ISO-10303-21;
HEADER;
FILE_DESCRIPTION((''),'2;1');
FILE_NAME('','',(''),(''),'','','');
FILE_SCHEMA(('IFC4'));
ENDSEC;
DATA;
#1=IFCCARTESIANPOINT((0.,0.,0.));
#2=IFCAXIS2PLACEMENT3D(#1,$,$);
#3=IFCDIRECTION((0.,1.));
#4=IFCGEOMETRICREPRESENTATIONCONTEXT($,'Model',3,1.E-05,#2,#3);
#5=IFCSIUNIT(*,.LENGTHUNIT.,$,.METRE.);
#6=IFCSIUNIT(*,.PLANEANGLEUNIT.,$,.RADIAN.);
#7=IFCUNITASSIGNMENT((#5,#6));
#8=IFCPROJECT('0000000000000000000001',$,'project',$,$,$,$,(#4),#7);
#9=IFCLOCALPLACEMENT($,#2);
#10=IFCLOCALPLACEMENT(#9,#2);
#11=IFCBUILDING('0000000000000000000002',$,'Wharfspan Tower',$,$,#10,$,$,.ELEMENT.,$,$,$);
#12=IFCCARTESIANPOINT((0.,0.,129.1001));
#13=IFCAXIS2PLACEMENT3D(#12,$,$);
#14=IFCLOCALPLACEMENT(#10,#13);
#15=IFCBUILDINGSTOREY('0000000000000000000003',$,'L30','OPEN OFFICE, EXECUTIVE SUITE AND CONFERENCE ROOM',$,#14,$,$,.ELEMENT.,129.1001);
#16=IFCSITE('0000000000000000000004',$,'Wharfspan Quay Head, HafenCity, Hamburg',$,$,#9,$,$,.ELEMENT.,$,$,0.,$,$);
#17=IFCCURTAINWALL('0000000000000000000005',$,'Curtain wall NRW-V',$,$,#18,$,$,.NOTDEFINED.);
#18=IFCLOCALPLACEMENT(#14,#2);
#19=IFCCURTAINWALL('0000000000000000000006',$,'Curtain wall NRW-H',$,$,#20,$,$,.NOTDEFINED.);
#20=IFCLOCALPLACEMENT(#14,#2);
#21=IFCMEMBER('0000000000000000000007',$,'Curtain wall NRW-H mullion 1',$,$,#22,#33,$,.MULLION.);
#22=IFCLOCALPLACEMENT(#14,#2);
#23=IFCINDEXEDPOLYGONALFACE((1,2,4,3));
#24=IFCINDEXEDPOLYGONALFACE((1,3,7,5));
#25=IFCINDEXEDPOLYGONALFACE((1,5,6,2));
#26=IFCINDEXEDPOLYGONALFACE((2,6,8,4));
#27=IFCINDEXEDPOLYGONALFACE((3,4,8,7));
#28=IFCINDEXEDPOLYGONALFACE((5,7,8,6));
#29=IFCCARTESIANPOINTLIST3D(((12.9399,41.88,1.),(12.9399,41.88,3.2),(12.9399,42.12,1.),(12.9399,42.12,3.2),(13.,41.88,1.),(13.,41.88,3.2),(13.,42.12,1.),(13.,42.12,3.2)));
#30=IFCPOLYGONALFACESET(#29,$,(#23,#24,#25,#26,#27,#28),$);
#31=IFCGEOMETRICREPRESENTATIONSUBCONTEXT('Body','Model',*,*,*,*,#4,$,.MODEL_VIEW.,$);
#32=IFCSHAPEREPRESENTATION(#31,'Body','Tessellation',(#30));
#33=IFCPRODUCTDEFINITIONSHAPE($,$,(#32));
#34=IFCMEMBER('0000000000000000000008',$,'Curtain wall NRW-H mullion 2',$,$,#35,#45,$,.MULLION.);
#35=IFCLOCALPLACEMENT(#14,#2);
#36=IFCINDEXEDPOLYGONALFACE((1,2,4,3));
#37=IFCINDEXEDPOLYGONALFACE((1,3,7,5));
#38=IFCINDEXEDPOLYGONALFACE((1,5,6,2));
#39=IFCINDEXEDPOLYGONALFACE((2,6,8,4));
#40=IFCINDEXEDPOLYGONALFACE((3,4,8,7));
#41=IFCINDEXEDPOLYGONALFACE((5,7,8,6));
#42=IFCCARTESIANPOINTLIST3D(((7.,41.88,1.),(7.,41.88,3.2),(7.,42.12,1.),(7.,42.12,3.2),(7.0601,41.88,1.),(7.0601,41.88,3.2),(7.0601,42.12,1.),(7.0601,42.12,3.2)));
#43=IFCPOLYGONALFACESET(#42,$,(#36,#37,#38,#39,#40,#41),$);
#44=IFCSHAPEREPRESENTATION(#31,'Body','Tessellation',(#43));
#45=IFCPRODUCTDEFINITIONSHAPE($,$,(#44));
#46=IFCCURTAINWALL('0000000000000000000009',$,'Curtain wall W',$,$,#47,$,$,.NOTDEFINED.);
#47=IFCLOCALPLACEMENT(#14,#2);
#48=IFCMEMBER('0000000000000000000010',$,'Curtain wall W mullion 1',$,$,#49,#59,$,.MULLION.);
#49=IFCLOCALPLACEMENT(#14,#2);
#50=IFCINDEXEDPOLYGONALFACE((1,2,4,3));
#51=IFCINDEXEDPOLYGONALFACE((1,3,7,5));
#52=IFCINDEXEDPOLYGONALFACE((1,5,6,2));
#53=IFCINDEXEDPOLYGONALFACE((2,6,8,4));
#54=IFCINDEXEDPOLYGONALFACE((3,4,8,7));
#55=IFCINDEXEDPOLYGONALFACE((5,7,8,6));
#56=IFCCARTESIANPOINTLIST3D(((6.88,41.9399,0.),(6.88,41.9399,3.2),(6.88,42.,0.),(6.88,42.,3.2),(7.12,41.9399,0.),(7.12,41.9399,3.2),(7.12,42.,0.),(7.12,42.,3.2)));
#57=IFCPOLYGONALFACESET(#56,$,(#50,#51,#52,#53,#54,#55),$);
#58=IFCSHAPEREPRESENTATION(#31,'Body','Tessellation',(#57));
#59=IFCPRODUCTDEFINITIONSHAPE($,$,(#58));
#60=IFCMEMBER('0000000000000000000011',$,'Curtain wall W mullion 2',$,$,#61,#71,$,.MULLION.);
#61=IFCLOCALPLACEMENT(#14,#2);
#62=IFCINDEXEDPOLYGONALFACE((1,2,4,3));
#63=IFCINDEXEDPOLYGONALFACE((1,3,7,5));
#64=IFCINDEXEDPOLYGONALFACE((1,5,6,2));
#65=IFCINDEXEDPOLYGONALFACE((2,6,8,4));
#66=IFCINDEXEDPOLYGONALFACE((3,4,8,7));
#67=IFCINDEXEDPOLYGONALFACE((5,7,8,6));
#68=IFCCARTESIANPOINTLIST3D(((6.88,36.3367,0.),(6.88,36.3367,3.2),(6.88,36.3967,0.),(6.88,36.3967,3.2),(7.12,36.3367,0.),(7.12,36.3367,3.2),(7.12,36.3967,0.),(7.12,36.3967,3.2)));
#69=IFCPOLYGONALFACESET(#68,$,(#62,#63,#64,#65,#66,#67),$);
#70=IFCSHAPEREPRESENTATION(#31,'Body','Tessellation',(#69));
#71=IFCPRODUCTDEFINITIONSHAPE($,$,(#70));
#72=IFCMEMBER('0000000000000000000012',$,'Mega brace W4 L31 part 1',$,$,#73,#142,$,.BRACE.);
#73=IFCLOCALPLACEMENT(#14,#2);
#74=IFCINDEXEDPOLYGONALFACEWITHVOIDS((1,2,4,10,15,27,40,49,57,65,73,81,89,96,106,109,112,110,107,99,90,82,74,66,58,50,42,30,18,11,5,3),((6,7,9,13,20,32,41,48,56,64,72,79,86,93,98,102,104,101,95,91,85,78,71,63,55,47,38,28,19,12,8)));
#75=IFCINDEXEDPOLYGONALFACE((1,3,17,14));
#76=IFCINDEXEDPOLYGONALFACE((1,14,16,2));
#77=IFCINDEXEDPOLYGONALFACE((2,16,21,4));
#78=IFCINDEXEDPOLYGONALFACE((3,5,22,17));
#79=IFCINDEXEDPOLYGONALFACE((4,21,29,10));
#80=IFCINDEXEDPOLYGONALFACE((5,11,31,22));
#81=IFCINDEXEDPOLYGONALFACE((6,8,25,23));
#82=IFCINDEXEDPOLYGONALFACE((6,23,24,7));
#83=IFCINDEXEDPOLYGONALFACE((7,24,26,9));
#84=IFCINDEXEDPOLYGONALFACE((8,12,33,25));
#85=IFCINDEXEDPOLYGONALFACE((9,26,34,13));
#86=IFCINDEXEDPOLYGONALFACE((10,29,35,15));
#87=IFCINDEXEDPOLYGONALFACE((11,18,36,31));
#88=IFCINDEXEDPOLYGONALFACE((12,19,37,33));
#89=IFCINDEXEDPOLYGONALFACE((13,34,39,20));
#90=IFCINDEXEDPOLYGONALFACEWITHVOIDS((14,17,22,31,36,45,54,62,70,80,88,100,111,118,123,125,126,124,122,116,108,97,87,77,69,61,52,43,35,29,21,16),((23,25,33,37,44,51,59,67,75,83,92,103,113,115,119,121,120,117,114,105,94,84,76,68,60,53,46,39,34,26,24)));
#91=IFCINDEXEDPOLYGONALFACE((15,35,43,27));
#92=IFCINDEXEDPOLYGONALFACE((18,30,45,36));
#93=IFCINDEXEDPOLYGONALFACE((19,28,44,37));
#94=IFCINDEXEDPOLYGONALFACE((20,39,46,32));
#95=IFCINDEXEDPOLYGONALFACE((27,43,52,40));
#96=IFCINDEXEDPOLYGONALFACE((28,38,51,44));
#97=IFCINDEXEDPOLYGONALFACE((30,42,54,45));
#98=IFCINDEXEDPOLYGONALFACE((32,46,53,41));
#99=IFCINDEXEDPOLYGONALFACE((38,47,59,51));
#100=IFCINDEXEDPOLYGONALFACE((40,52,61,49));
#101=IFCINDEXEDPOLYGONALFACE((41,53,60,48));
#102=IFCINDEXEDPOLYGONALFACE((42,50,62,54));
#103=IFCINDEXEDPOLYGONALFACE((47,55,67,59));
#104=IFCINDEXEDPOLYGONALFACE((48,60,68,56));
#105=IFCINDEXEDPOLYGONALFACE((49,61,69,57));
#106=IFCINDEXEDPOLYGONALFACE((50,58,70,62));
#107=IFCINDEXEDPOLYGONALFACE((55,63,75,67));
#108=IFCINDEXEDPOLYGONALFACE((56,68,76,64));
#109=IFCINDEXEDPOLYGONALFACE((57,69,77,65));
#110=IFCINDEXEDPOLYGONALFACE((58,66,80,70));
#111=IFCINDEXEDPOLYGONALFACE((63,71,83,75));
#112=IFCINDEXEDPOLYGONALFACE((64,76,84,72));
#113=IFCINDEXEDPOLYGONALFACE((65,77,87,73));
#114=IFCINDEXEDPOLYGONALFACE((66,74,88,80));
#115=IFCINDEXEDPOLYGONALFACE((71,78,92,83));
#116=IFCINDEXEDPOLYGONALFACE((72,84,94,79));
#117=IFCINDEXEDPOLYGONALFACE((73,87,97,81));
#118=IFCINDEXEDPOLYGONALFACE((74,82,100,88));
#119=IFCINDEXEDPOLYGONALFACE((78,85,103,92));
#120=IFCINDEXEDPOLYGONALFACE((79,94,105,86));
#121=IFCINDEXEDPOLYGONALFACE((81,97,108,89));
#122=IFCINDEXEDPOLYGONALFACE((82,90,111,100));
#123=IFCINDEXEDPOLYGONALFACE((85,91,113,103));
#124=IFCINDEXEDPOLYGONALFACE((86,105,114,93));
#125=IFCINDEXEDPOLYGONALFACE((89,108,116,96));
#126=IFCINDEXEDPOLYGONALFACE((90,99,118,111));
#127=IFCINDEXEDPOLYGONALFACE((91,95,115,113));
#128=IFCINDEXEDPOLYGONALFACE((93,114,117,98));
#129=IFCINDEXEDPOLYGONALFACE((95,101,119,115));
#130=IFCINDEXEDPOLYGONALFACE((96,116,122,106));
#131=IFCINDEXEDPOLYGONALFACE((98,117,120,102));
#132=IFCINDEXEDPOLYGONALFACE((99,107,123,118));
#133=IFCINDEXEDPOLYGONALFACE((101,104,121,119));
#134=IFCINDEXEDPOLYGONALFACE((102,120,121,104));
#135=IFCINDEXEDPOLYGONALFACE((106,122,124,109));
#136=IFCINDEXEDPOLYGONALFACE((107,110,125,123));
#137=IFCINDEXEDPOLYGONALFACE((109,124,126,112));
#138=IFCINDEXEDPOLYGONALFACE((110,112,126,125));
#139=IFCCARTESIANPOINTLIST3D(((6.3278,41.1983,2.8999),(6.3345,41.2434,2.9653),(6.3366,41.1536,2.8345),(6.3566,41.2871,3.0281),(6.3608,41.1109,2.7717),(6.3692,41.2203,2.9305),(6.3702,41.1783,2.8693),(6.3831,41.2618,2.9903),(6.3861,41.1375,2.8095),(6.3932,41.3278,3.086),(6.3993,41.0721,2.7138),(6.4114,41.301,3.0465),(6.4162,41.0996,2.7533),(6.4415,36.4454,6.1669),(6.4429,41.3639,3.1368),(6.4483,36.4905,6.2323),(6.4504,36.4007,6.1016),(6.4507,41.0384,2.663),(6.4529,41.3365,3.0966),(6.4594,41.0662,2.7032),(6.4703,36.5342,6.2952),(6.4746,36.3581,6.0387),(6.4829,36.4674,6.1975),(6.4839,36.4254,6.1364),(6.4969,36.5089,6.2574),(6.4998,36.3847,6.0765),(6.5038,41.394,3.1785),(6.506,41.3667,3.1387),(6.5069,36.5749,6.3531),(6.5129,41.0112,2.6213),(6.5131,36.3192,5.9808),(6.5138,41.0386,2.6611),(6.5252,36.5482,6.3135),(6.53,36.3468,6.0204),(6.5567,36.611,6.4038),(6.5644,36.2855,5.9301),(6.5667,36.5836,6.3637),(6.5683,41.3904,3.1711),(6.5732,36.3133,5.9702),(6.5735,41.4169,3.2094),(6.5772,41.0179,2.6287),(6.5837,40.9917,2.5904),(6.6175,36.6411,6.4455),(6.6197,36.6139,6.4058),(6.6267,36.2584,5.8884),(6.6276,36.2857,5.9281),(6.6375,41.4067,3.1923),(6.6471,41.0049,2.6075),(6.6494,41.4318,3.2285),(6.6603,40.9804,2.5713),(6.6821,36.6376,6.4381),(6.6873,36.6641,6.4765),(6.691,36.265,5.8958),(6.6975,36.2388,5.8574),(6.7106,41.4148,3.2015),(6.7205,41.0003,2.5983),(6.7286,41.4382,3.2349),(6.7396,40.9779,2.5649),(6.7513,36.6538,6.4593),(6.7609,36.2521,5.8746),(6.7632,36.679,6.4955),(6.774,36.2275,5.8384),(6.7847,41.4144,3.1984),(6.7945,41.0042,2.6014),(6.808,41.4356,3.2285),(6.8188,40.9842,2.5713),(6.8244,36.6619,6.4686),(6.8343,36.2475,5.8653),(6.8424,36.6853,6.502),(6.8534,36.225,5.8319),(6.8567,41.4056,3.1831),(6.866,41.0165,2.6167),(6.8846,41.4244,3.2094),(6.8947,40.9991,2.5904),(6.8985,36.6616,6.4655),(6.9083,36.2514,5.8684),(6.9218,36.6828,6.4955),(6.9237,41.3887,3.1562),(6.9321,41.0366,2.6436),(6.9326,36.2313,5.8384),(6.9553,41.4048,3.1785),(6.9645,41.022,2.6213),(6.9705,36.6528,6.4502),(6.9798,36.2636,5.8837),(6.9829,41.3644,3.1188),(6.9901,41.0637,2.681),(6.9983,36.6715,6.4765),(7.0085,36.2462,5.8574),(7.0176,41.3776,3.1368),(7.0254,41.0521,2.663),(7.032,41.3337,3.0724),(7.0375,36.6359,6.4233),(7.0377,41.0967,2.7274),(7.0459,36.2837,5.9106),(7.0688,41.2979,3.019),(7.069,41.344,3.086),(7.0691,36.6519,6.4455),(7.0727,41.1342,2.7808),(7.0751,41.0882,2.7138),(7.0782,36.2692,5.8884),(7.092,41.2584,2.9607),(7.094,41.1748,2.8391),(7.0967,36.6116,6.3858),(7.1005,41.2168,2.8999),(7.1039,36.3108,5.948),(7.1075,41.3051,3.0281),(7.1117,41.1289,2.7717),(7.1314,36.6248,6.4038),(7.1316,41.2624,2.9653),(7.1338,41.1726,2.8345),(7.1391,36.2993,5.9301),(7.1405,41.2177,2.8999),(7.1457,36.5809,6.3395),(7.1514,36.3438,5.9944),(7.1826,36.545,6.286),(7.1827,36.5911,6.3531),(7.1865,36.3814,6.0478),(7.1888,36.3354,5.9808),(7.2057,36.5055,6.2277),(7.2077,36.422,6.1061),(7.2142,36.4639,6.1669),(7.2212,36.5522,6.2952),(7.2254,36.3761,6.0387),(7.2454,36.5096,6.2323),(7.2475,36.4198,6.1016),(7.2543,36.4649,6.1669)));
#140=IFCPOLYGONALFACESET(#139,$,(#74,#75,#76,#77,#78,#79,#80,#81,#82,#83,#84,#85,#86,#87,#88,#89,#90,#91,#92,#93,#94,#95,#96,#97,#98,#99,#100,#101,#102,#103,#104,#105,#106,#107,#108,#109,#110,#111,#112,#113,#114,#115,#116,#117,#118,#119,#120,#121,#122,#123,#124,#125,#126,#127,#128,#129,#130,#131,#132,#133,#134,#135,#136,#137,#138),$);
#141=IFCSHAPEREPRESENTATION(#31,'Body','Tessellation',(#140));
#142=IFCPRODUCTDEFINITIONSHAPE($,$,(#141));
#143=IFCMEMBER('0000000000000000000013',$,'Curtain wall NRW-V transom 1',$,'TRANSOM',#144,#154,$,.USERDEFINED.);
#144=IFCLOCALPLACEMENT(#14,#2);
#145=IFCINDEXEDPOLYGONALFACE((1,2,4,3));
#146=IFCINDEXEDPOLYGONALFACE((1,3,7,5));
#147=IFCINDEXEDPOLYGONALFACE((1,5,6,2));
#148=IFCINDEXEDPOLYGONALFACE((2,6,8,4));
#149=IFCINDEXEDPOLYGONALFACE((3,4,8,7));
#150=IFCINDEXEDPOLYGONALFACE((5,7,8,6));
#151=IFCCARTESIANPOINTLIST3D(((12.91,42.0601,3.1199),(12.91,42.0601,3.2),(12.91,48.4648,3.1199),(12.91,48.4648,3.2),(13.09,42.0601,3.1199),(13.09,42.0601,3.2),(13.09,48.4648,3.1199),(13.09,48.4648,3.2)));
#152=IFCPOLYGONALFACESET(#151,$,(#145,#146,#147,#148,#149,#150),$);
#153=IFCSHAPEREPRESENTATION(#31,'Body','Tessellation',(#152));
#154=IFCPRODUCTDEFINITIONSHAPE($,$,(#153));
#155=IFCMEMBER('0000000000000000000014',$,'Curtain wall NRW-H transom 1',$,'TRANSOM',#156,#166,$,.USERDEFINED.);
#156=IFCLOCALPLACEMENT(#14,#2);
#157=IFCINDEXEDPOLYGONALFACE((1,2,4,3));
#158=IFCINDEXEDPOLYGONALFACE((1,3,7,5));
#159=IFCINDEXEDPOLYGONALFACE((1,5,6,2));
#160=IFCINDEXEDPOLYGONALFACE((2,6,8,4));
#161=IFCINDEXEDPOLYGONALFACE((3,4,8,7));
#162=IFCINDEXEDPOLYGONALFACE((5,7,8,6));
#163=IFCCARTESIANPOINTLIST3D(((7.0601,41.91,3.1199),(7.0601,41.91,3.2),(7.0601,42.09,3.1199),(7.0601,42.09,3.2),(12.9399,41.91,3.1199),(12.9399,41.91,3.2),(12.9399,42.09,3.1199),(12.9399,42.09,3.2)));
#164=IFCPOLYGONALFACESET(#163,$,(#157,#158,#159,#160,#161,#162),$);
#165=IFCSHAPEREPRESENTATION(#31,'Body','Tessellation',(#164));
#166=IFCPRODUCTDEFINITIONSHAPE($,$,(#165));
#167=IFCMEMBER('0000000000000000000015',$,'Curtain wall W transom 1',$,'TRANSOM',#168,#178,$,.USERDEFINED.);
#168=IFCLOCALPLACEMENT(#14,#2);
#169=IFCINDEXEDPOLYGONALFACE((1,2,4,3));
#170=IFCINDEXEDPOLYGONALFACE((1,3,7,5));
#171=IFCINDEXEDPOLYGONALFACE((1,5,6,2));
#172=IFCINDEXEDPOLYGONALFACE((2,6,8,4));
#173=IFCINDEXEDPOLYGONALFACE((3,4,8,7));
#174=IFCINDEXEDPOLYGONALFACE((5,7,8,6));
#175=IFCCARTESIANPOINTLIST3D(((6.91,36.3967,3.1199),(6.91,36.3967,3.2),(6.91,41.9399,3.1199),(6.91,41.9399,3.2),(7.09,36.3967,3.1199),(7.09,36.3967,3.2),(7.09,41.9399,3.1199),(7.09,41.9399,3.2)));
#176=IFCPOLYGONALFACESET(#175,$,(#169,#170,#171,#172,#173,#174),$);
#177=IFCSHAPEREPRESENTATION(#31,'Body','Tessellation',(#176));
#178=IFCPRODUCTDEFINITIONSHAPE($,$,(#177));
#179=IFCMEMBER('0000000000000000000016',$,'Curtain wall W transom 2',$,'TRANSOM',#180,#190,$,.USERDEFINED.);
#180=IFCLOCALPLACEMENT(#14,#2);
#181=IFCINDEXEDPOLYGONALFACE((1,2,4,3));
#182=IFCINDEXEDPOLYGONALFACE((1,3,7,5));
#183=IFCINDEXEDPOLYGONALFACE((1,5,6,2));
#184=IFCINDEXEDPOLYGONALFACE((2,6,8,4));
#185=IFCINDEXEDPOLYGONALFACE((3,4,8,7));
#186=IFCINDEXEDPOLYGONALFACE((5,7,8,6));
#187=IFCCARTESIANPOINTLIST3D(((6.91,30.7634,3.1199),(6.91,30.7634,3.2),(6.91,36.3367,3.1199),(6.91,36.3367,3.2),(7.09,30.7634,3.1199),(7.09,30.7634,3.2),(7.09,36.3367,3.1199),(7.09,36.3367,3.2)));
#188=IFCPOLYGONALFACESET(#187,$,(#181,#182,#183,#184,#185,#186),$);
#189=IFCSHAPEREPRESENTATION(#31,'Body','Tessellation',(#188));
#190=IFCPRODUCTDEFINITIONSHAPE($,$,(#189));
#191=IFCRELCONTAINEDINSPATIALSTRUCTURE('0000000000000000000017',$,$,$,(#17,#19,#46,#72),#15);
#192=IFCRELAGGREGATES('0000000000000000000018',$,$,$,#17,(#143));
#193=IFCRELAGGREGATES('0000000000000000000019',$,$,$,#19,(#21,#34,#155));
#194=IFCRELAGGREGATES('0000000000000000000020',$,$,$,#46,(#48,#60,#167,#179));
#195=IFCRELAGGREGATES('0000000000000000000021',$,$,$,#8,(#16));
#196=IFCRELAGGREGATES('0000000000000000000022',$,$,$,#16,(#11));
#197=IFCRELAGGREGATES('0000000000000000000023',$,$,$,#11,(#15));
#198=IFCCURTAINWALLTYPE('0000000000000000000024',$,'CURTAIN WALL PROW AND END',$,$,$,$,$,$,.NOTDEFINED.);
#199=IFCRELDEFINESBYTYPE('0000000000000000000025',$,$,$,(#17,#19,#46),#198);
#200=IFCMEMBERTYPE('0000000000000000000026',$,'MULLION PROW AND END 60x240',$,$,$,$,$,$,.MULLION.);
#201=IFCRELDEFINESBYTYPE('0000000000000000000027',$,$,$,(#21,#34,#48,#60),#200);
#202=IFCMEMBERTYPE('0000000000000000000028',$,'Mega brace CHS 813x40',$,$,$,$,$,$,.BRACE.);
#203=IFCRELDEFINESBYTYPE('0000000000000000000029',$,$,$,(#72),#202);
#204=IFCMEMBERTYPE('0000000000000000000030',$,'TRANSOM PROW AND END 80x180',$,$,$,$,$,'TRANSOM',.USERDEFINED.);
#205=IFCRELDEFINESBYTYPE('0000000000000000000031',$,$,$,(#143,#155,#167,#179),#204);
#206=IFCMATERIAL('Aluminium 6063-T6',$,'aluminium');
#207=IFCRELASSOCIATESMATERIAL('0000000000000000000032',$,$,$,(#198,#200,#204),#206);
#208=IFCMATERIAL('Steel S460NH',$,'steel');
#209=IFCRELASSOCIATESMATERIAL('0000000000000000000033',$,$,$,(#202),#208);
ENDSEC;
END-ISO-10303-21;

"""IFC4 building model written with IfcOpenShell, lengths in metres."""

from ifc_helpers import new_model, si_unit, direction, frame, origin, origin_2d, place, context, subcontext, project, spatial, rectangle, hollow_circle, extrude, material, material_profile, profile_set, type_object, element, aggregate, save


model = new_model("IFC4")

# Units and contexts
model_context = context("Model", 3, precision=1e-05, world=origin(), true_north=direction((0.0, 1.0)))
body_context = subcontext(model_context, "Body", "Model", "MODEL_VIEW")
ifc_project = project(units=[si_unit("LENGTHUNIT", "METRE"), si_unit("PLANEANGLEUNIT", "RADIAN")], contexts=[model_context])

# Site, building, storey
site_placement = place(None, origin())
site = spatial("IfcSite", under=ifc_project, at=site_placement, Name="Wharfspan Quay Head, HafenCity, Hamburg", CompositionType="ELEMENT", RefElevation=0.0)
building_placement = place(site_placement, origin())
building = spatial("IfcBuilding", under=site, at=building_placement, Name="Wharfspan Tower", CompositionType="ELEMENT")
storey_placement = place(building_placement, frame((0.0, 0.0, 129.1001)))
storey = spatial("IfcBuildingStorey", under=building, at=storey_placement, Name="L30", Description="OPEN OFFICE, EXECUTIVE SUITE AND CONFERENCE ROOM", CompositionType="ELEMENT", Elevation=129.1001)

# Curtain walls, members
ifc_material_1 = material(Name="Aluminium 6063-T6", Category="aluminium")
curtain_wall_type = type_object("IfcCurtainWallType", Name="CURTAIN WALL PROW AND END", PredefinedType="NOTDEFINED", material=ifc_material_1)
curtain_wall_1_placement = place(storey_placement, origin())
curtain_wall_1 = element("IfcCurtainWall", 1, at=curtain_wall_1_placement, inside=storey, type_object=curtain_wall_type, Name="Curtain wall NRW-V", PredefinedType="NOTDEFINED")
ifc_material_profile_1 = material_profile(ifc_material_1, rectangle(XDim=0.24, YDim=0.0601, at=origin_2d()))
ifc_profile_set_1 = profile_set([ifc_material_profile_1], Name="Aluminium 6063-T6")
member_type_1 = type_object("IfcMemberType", Name="MULLION PROW AND END 60x240", PredefinedType="MULLION", material=ifc_profile_set_1)
curtain_wall_2_placement = place(storey_placement, origin())
curtain_wall_2 = element("IfcCurtainWall", 2, at=curtain_wall_2_placement, inside=storey, type_object=curtain_wall_type, Name="Curtain wall NRW-H", PredefinedType="NOTDEFINED")
member_1_placement = place(storey_placement, frame((12.97, 42.0, 1.0), z_axis=(0.0, 0.0, 1.0), x_axis=(0.0, -1.0, 0.0)))
member_1 = element("IfcMember", 3, at=member_1_placement, type_object=member_type_1, Name="Curtain wall NRW-H mullion 1", PredefinedType="MULLION", context=body_context, shape_type="SweptSolid", body=[
    extrude(rectangle(XDim=0.24, YDim=0.0601, at=origin_2d()), origin(), (0.0, 0.0, 1.0), 2.2),
])
member_2_placement = place(storey_placement, frame((7.03, 42.0, 1.0), z_axis=(0.0, 0.0, 1.0), x_axis=(0.0, -1.0, 0.0)))
member_2 = element("IfcMember", 4, at=member_2_placement, type_object=member_type_1, Name="Curtain wall NRW-H mullion 2", PredefinedType="MULLION", context=body_context, shape_type="SweptSolid", body=[
    extrude(rectangle(XDim=0.24, YDim=0.0601, at=origin_2d()), origin(), (0.0, 0.0, 1.0), 2.2),
])
curtain_wall_3_placement = place(storey_placement, origin())
curtain_wall_3 = element("IfcCurtainWall", 5, at=curtain_wall_3_placement, inside=storey, type_object=curtain_wall_type, Name="Curtain wall W", PredefinedType="NOTDEFINED")
member_3_placement = place(storey_placement, frame((7.0, 41.97, 0.0), z_axis=(0.0, 0.0, 1.0), x_axis=(1.0, 0.0, 0.0)))
member_3 = element("IfcMember", 6, at=member_3_placement, type_object=member_type_1, Name="Curtain wall W mullion 1", PredefinedType="MULLION", context=body_context, shape_type="SweptSolid", body=[
    extrude(rectangle(XDim=0.24, YDim=0.0601, at=origin_2d()), origin(), (0.0, 0.0, 1.0), 3.2),
])
member_4_placement = place(storey_placement, frame((7.0, 36.3667, 0.0), z_axis=(0.0, 0.0, 1.0), x_axis=(1.0, 0.0, 0.0)))
member_4 = element("IfcMember", 7, at=member_4_placement, type_object=member_type_1, Name="Curtain wall W mullion 2", PredefinedType="MULLION", context=body_context, shape_type="SweptSolid", body=[
    extrude(rectangle(XDim=0.24, YDim=0.0601, at=origin_2d()), origin(), (0.0, 0.0, 1.0), 3.2),
])

# Members
ifc_material_2 = material(Name="Steel S460NH", Category="steel")
ifc_material_profile_2 = material_profile(ifc_material_2, hollow_circle(Radius=0.4065, WallThickness=0.04, at=origin_2d()))
ifc_profile_set_2 = profile_set([ifc_material_profile_2], Name="Steel S460NH")
member_type_2 = type_object("IfcMemberType", Name="Mega brace CHS 813x40", PredefinedType="BRACE", material=ifc_profile_set_2)
member_5_placement = place(storey_placement, frame((6.7341, 41.208, 2.8999), z_axis=(0.019722, -0.823926, 0.566354), x_axis=(0.999713, 0.023927, -0.000004)))
element("IfcMember", 8, at=member_5_placement, inside=storey, type_object=member_type_2, Name="Mega brace W4 L31 part 1", PredefinedType="BRACE", context=body_context, shape_type="SweptSolid", body=[
    extrude(hollow_circle(Radius=0.4065, WallThickness=0.04, at=origin_2d()), origin(), (0.0, 0.0, 1.0), 5.7686),
])
ifc_material_profile_3 = material_profile(ifc_material_1, rectangle(XDim=0.1799, YDim=0.0801, at=origin_2d()))
ifc_profile_set_3 = profile_set([ifc_material_profile_3], Name="Aluminium 6063-T6")
member_type_3 = type_object("IfcMemberType", Name="TRANSOM PROW AND END 80x180", ElementType="TRANSOM", PredefinedType="USERDEFINED", material=ifc_profile_set_3)
member_6_placement = place(storey_placement, frame((13.0, 48.4648, 3.1599), z_axis=(0.0, -1.0, 0.0), x_axis=(1.0, 0.0, 0.0)))
member_6 = element("IfcMember", 9, at=member_6_placement, type_object=member_type_3, Name="Curtain wall NRW-V transom 1", ObjectType="TRANSOM", PredefinedType="USERDEFINED", context=body_context, shape_type="SweptSolid", body=[
    extrude(rectangle(XDim=0.1799, YDim=0.0801, at=origin_2d()), origin(), (0.0, 0.0, 1.0), 6.4048),
])
member_7_placement = place(storey_placement, frame((12.9399, 42.0, 3.1599), z_axis=(-1.0, 0.0, 0.0), x_axis=(0.0, -1.0, 0.0)))
member_7 = element("IfcMember", 10, at=member_7_placement, type_object=member_type_3, Name="Curtain wall NRW-H transom 1", ObjectType="TRANSOM", PredefinedType="USERDEFINED", context=body_context, shape_type="SweptSolid", body=[
    extrude(rectangle(XDim=0.1799, YDim=0.0801, at=origin_2d()), origin(), (0.0, 0.0, 1.0), 5.8799),
])
member_8_placement = place(storey_placement, frame((7.0, 41.9399, 3.1599), z_axis=(0.0, -1.0, 0.0), x_axis=(1.0, 0.0, 0.0)))
member_8 = element("IfcMember", 11, at=member_8_placement, type_object=member_type_3, Name="Curtain wall W transom 1", ObjectType="TRANSOM", PredefinedType="USERDEFINED", context=body_context, shape_type="SweptSolid", body=[
    extrude(rectangle(XDim=0.1799, YDim=0.0801, at=origin_2d()), origin(), (0.0, 0.0, 1.0), 5.5432),
])
member_9_placement = place(storey_placement, frame((7.0, 36.3367, 3.1599), z_axis=(0.0, -1.0, 0.0), x_axis=(1.0, 0.0, 0.0)))
member_9 = element("IfcMember", 12, at=member_9_placement, type_object=member_type_3, Name="Curtain wall W transom 2", ObjectType="TRANSOM", PredefinedType="USERDEFINED", context=body_context, shape_type="SweptSolid", body=[
    extrude(rectangle(XDim=0.1799, YDim=0.0801, at=origin_2d()), origin(), (0.0, 0.0, 1.0), 5.5732),
])

aggregate(curtain_wall_1, [member_6])
aggregate(curtain_wall_2, [member_1, member_2, member_7])
aggregate(curtain_wall_3, [member_3, member_4, member_8, member_9])

save(model, "model.ifc")
